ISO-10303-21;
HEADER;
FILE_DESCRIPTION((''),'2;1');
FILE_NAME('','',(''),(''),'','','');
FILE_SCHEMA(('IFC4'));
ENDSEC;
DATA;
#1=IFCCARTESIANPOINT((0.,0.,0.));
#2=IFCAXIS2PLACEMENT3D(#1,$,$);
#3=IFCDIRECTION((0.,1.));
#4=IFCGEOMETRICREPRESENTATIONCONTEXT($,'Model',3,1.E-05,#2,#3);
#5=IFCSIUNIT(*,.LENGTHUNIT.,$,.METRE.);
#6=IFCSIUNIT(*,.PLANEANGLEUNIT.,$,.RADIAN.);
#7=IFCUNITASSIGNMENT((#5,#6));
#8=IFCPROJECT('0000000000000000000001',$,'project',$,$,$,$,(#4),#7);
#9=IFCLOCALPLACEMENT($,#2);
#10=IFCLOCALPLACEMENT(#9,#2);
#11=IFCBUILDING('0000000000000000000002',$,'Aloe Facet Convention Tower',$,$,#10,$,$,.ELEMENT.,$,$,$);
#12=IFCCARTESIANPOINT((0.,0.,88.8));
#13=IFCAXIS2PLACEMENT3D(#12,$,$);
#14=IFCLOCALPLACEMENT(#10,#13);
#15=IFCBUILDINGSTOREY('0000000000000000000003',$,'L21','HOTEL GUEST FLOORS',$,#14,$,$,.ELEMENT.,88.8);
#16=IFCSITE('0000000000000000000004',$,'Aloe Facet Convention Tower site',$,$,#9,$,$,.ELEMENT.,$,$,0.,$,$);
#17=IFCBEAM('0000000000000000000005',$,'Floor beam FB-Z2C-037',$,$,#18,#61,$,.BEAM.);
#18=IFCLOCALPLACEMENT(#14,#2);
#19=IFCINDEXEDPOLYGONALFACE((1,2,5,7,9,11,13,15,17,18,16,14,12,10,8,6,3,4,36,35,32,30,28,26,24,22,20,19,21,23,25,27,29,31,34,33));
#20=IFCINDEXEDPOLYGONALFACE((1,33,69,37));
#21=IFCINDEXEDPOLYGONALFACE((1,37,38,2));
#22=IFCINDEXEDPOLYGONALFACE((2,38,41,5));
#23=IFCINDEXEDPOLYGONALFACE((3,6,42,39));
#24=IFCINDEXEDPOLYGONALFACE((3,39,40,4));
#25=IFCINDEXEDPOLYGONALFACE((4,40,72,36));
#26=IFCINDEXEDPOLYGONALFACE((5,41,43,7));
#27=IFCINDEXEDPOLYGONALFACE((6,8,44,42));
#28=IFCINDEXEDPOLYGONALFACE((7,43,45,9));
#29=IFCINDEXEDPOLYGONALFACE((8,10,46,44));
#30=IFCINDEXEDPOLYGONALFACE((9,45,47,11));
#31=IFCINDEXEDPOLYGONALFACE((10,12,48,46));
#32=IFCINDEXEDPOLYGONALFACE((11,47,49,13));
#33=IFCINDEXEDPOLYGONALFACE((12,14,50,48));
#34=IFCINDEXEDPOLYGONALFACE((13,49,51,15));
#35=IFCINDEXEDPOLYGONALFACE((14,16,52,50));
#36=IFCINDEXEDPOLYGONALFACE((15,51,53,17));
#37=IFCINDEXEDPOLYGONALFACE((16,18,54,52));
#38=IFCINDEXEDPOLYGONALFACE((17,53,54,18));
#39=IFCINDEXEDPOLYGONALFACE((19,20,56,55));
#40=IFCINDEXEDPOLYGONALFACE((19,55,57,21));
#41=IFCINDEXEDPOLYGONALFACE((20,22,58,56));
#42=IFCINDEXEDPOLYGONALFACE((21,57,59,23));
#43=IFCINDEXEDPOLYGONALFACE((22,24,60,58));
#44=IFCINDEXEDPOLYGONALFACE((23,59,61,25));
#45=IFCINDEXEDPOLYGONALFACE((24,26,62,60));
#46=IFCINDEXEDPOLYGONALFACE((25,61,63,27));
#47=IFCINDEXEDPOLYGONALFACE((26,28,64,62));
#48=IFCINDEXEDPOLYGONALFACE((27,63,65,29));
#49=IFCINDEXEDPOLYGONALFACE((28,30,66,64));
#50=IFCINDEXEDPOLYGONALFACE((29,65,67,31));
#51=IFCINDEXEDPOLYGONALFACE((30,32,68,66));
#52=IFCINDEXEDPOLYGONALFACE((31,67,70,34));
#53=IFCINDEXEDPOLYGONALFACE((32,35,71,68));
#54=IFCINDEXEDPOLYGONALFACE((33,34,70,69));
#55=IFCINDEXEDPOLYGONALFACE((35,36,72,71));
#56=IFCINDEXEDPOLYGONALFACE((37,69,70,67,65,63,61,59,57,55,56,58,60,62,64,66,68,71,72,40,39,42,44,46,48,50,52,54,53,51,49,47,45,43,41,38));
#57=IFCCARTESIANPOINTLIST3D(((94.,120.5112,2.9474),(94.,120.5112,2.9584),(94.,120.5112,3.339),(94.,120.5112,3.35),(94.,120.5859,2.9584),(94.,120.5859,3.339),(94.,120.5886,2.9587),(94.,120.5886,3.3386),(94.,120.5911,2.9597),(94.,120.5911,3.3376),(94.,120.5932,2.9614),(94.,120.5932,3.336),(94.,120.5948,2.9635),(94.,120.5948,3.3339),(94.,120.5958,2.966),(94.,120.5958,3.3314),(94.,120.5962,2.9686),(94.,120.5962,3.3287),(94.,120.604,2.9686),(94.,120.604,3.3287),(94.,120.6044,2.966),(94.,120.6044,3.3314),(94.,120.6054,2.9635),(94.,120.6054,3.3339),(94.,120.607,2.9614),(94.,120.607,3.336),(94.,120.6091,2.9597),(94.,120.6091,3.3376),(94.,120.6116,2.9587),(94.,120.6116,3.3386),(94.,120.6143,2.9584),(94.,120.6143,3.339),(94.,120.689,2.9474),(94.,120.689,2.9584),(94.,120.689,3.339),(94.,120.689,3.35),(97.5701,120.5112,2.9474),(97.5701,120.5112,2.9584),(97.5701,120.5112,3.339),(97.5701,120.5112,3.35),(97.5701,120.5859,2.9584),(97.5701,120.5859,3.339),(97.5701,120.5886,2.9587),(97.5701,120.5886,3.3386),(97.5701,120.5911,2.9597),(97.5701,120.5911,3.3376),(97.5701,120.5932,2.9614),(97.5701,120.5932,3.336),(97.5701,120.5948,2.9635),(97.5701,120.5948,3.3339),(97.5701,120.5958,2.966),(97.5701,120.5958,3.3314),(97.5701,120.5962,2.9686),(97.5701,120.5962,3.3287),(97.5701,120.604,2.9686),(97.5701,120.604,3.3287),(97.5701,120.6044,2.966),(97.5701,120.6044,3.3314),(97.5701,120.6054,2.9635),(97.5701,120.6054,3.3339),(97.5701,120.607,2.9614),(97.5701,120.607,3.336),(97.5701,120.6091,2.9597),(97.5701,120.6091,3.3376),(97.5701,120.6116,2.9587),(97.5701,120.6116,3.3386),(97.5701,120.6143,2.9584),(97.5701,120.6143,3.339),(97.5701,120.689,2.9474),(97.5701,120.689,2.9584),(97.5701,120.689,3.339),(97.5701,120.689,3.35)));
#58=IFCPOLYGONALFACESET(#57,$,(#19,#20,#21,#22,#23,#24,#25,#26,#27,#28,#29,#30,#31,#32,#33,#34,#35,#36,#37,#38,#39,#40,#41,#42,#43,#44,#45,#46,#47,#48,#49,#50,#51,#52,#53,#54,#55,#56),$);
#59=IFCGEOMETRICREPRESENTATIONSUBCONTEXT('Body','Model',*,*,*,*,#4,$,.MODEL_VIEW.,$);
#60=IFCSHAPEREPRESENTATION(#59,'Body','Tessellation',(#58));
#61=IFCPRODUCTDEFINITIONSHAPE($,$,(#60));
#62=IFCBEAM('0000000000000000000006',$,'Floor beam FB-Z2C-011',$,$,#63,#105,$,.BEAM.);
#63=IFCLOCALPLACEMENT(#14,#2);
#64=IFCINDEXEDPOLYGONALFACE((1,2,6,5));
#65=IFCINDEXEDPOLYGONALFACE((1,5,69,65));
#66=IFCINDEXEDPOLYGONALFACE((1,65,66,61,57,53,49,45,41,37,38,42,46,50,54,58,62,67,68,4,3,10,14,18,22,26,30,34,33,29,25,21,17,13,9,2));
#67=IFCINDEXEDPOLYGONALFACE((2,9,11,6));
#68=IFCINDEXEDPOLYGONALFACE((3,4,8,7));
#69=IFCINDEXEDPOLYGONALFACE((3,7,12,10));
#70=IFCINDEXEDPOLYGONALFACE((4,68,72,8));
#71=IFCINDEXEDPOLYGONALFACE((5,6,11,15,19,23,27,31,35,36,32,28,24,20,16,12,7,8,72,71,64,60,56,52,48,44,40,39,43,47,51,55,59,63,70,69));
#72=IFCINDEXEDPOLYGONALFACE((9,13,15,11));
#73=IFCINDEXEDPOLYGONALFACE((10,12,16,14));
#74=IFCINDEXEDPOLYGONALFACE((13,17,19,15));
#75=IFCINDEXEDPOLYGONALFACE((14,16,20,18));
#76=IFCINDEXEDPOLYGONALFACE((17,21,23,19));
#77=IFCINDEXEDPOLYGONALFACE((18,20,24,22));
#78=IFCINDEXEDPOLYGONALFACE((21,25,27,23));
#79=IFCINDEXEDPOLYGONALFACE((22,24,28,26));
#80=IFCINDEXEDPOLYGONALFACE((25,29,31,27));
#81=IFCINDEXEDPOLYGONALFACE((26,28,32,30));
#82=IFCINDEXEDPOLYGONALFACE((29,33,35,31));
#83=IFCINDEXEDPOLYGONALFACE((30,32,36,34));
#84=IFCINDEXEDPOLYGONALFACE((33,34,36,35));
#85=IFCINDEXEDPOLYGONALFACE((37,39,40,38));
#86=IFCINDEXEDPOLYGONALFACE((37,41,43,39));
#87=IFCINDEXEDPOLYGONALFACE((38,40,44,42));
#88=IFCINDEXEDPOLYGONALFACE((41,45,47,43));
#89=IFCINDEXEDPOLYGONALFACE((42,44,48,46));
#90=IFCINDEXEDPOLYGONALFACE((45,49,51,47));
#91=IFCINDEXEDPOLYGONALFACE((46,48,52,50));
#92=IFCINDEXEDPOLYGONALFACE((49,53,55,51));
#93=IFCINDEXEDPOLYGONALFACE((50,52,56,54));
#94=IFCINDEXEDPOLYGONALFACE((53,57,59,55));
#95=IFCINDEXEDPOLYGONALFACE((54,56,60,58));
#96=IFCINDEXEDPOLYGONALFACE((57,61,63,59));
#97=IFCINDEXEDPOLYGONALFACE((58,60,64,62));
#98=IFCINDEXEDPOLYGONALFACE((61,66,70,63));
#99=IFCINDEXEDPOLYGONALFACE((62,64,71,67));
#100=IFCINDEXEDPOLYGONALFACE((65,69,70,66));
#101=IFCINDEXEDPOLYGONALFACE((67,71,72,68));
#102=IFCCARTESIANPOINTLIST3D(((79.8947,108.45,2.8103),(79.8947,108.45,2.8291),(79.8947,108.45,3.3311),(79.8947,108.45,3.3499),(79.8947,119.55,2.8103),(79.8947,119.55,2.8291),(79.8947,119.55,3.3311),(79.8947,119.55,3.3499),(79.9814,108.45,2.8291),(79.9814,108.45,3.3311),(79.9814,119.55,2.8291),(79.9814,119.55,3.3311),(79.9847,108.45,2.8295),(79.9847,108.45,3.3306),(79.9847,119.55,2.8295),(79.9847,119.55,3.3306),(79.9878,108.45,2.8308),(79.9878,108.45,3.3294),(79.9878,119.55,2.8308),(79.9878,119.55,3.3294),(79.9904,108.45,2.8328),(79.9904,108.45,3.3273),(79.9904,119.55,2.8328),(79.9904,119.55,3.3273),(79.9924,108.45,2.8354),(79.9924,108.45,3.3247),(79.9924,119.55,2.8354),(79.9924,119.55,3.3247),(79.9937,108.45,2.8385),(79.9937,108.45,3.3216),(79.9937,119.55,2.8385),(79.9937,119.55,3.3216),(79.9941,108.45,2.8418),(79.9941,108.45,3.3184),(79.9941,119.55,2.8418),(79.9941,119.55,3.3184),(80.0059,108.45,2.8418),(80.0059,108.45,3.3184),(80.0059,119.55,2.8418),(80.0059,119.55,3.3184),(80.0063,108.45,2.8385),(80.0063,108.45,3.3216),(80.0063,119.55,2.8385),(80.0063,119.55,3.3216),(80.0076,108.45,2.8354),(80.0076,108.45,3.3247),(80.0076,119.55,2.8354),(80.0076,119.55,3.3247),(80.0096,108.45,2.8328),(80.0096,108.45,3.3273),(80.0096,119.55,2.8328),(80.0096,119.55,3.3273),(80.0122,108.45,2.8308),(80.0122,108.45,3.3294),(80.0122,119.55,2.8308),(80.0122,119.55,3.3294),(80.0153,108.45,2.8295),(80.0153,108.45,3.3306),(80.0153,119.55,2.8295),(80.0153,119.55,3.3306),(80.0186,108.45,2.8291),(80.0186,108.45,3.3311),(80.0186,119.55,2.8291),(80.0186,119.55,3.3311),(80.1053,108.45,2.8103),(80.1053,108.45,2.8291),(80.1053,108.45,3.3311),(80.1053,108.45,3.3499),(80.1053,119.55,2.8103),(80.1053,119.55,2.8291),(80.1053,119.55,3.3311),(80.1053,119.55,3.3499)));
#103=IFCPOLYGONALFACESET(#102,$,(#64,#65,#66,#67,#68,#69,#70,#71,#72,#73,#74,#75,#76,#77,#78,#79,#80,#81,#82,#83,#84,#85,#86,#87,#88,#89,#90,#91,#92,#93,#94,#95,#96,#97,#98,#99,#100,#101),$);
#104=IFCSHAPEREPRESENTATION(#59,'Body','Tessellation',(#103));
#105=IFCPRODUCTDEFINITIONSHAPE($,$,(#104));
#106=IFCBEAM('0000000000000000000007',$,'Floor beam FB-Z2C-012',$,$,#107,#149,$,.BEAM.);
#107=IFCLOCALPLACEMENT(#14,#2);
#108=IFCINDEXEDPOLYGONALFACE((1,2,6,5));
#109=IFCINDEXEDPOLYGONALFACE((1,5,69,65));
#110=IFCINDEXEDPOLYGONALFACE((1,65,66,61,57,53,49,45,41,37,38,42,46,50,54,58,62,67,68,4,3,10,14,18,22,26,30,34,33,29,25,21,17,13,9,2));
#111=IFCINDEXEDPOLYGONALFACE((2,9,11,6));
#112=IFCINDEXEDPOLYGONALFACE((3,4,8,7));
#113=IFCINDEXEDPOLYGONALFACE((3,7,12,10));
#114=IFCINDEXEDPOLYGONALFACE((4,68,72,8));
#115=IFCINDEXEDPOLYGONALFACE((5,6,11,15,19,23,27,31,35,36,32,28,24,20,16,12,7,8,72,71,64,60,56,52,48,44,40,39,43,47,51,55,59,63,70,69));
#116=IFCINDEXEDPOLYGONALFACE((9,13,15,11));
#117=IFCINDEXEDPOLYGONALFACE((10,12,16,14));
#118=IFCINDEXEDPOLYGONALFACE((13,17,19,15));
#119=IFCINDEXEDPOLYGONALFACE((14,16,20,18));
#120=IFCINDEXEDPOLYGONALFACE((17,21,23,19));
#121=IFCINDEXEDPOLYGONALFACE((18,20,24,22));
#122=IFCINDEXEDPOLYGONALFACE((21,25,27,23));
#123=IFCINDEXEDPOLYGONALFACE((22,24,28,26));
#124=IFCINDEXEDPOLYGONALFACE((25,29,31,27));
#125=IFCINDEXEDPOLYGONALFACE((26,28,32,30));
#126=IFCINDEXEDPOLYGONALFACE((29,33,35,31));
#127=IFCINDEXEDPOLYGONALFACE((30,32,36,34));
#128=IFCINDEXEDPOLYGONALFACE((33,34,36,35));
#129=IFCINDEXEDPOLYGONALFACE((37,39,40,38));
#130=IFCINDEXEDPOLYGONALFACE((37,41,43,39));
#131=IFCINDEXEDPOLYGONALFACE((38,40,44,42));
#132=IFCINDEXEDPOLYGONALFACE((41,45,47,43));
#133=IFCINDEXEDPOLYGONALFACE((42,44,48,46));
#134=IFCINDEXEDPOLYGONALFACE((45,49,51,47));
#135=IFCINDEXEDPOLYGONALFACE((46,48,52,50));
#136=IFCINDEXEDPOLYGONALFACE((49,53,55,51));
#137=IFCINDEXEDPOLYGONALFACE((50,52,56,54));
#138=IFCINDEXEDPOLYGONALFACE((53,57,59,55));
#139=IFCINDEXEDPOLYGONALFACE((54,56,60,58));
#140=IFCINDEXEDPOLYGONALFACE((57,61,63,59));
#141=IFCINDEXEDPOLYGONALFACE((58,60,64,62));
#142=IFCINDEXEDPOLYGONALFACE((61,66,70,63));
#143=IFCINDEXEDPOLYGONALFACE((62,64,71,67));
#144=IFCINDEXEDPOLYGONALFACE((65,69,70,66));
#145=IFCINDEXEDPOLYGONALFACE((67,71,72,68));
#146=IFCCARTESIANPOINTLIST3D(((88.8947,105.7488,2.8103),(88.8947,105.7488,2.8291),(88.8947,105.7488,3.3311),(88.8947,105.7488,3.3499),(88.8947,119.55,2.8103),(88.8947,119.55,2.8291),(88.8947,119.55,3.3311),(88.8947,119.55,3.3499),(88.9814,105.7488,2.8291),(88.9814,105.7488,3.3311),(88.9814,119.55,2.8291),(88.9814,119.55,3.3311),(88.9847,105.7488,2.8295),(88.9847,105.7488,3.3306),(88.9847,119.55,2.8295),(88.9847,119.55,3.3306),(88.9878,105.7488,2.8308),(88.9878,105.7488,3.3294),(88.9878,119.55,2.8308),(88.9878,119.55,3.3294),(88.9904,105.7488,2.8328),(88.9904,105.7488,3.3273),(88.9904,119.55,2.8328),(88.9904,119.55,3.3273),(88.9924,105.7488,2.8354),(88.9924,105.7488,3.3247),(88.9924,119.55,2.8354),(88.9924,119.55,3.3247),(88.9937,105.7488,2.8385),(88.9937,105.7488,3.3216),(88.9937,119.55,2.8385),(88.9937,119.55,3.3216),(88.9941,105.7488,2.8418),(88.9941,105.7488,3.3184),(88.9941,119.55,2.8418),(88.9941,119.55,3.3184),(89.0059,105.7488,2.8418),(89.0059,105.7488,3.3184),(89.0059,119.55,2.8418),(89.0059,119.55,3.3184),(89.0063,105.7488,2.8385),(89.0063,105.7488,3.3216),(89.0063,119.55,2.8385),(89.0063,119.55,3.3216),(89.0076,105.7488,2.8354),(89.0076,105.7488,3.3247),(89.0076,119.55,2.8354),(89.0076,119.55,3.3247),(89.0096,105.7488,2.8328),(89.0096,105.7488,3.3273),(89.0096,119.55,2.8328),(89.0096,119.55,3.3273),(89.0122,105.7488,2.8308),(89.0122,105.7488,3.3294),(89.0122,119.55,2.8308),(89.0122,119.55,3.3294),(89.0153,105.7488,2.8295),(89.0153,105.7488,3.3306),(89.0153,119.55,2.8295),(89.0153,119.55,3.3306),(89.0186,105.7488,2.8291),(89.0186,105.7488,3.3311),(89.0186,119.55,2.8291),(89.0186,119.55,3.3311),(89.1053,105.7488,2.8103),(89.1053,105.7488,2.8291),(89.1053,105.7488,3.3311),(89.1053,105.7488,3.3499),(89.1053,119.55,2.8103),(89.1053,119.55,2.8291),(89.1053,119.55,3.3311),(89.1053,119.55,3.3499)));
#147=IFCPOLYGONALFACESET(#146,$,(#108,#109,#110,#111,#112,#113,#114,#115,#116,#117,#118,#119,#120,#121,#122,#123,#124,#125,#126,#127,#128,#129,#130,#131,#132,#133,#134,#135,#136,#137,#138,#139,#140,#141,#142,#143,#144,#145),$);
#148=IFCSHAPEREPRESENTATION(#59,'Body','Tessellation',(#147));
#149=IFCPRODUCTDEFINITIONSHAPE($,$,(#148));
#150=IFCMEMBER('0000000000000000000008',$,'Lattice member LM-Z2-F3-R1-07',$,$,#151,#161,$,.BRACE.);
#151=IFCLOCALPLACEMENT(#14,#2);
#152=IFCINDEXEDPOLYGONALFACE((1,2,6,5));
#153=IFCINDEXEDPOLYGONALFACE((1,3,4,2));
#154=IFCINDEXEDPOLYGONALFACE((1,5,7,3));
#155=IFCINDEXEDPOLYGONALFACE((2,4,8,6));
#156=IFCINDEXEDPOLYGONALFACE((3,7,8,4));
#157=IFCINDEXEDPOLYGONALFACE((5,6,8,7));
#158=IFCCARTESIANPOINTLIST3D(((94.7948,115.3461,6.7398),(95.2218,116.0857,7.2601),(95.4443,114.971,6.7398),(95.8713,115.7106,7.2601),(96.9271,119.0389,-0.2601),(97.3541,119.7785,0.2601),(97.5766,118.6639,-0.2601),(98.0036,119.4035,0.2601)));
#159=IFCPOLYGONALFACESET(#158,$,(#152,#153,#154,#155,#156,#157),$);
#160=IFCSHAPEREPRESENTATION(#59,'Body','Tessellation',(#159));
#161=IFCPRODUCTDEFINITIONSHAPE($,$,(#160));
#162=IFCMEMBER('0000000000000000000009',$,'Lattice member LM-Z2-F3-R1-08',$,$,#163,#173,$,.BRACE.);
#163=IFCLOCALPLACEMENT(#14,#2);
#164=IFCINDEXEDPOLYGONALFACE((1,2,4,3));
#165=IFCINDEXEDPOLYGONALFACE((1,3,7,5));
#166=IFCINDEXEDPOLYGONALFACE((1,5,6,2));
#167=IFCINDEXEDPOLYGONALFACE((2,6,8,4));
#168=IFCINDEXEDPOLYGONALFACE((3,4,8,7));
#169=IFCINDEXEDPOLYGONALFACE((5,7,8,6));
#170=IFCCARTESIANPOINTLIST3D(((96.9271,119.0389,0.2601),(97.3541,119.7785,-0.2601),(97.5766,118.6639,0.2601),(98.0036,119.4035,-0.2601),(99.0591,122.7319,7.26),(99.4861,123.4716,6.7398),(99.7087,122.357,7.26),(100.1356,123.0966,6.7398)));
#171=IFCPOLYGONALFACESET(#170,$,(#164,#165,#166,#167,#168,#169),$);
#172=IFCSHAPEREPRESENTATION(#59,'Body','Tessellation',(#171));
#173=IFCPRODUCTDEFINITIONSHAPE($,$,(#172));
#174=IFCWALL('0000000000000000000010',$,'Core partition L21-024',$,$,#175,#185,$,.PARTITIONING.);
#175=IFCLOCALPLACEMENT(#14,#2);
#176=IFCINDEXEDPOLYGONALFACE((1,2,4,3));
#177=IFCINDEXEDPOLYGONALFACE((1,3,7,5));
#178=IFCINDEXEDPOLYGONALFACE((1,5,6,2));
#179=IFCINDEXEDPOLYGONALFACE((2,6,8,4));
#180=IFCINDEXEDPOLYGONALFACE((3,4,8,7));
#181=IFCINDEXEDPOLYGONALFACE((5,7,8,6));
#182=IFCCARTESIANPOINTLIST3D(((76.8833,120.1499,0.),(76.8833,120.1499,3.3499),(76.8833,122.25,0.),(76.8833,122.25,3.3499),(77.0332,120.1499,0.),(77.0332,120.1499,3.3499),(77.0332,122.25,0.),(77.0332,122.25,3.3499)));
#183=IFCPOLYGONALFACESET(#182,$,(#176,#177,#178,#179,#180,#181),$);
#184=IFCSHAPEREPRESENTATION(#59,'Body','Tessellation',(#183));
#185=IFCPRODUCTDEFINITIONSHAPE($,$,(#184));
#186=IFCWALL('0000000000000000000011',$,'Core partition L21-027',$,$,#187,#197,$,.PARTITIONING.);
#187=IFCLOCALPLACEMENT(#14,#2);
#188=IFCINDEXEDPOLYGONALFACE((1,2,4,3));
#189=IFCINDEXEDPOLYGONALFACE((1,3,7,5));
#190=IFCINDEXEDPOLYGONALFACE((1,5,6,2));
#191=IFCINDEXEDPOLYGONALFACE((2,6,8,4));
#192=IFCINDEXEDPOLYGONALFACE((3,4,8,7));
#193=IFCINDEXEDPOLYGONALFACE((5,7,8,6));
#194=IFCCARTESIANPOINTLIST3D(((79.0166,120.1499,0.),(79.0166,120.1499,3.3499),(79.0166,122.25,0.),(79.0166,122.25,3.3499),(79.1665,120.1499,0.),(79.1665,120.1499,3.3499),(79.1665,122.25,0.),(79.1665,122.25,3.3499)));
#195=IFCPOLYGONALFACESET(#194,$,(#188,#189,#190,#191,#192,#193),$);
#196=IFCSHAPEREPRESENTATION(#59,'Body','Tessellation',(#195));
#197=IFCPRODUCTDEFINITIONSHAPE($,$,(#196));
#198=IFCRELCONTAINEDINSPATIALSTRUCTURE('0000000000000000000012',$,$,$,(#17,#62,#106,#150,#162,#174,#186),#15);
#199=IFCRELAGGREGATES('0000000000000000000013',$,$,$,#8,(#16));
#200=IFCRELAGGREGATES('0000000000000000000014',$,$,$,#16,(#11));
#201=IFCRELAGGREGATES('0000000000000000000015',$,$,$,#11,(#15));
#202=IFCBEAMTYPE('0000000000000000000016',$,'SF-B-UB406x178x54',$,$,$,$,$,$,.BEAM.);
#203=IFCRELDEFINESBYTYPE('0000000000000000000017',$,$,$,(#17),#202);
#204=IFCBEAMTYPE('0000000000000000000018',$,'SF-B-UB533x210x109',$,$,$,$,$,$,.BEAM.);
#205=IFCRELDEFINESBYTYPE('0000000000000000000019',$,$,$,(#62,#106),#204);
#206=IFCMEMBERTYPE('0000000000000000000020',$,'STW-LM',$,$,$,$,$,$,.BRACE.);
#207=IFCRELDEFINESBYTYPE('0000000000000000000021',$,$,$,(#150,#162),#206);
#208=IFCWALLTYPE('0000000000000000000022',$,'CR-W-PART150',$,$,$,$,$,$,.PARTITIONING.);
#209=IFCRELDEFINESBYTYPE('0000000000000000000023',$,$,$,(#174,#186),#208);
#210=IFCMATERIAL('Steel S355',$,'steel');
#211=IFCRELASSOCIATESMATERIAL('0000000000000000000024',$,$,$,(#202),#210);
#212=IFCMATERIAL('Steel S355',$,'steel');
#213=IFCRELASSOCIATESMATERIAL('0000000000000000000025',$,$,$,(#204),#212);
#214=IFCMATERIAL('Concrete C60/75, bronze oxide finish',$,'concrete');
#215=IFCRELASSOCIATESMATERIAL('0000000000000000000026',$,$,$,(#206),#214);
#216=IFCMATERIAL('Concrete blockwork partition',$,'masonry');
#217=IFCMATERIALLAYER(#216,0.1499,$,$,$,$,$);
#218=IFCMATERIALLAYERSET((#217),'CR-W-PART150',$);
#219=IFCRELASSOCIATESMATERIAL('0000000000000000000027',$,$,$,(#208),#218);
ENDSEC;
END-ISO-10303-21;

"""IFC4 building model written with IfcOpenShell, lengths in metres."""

from ifc_helpers import new_model, si_unit, direction, frame, frame_2d, origin, origin_2d, place, context, subcontext, project, spatial, rectangle, i_section, extrude, material, layer, layer_set, material_profile, profile_set, type_object, element, save


model = new_model("IFC4")

# Units and contexts
model_context = context("Model", 3, precision=1e-05, world=origin(), true_north=direction((0.0, 1.0)))
body_context = subcontext(model_context, "Body", "Model", "MODEL_VIEW")
ifc_project = project(units=[si_unit("LENGTHUNIT", "METRE"), si_unit("PLANEANGLEUNIT", "RADIAN")], contexts=[model_context])

# Site, building, storey
site_placement = place(None, origin())
site = spatial("IfcSite", under=ifc_project, at=site_placement, Name="Aloe Facet Convention Tower site", CompositionType="ELEMENT", RefElevation=0.0)
building_placement = place(site_placement, origin())
building = spatial("IfcBuilding", under=site, at=building_placement, Name="Aloe Facet Convention Tower", CompositionType="ELEMENT")
storey_placement = place(building_placement, frame((0.0, 0.0, 88.8)))
storey = spatial("IfcBuildingStorey", under=building, at=storey_placement, Name="L21", Description="HOTEL GUEST FLOORS", CompositionType="ELEMENT", Elevation=88.8)

# Beams
ifc_material_1 = material(Name="Steel S355", Category="steel")
ifc_material_profile_1 = material_profile(ifc_material_1, i_section(OverallWidth=0.1777, OverallDepth=0.4026, WebThickness=0.0078, FlangeThickness=0.011, FilletRadius=0.0103, at=origin_2d()), Name="UB 406x178x54")
ifc_profile_set_1 = profile_set([ifc_material_profile_1], Name="Steel S355")
beam_type_1 = type_object("IfcBeamType", Name="SF-B-UB406x178x54", PredefinedType="BEAM", material=ifc_profile_set_1)
beam_1_placement = place(storey_placement, frame((94.0, 120.6001, 3.1487), z_axis=(1.0, 0.0, 0.0), x_axis=(0.0, 1.0, 0.0)))
element("IfcBeam", 1, at=beam_1_placement, inside=storey, type_object=beam_type_1, Name="Floor beam FB-Z2C-037", PredefinedType="BEAM", context=body_context, shape_type="SweptSolid", body=[
    extrude(i_section(OverallWidth=0.1777, OverallDepth=0.4026, WebThickness=0.0078, FlangeThickness=0.011, FilletRadius=0.0103, at=origin_2d()), origin(), (0.0, 0.0, 1.0), 3.5701),
])
ifc_material_2 = material(Name="Steel S355", Category="steel")
ifc_material_profile_2 = material_profile(ifc_material_2, i_section(OverallWidth=0.2107, OverallDepth=0.5396, WebThickness=0.0117, FlangeThickness=0.0188, FilletRadius=0.0127, at=origin_2d()), Name="UB 533x210x109")
ifc_profile_set_2 = profile_set([ifc_material_profile_2], Name="Steel S355")
beam_type_2 = type_object("IfcBeamType", Name="SF-B-UB533x210x109", PredefinedType="BEAM", material=ifc_profile_set_2)
beam_2_placement = place(storey_placement, frame((80.0, 119.55, 3.0801), z_axis=(0.0, -1.0, 0.0), x_axis=(1.0, 0.0, 0.0)))
element("IfcBeam", 2, at=beam_2_placement, inside=storey, type_object=beam_type_2, Name="Floor beam FB-Z2C-011", PredefinedType="BEAM", context=body_context, shape_type="SweptSolid", body=[
    extrude(i_section(OverallWidth=0.2107, OverallDepth=0.5396, WebThickness=0.0117, FlangeThickness=0.0188, FilletRadius=0.0127, at=origin_2d()), origin(), (0.0, 0.0, 1.0), 11.1001),
])
beam_3_placement = place(storey_placement, frame((89.0, 119.55, 3.0801), z_axis=(0.0, -1.0, 0.0), x_axis=(1.0, 0.0, 0.0)))
element("IfcBeam", 3, at=beam_3_placement, inside=storey, type_object=beam_type_2, Name="Floor beam FB-Z2C-012", PredefinedType="BEAM", context=body_context, shape_type="SweptSolid", body=[
    extrude(i_section(OverallWidth=0.2107, OverallDepth=0.5396, WebThickness=0.0117, FlangeThickness=0.0188, FilletRadius=0.0127, at=origin_2d()), origin(), (0.0, 0.0, 1.0), 13.8013),
])

# Members
ifc_material_3 = material(Name="Concrete C60/75, bronze oxide finish", Category="concrete")
ifc_material_profile_3 = material_profile(ifc_material_3, rectangle(XDim=0.75, YDim=1.0, at=origin_2d()), Name="STW-LM")
ifc_profile_set_3 = profile_set([ifc_material_profile_3], Name="Concrete C60/75, bronze oxide finish")
member_type = type_object("IfcMemberType", Name="STW-LM", PredefinedType="BRACE", material=ifc_profile_set_3)
for number, where, z_axis, x_axis, name in (
    (4, (97.4653, 119.2212, 0.0), (-0.260148, -0.450537, 0.854014), (0.866001, -0.500043, 0.0), "Lattice member LM-Z2-F3-R1-07"),
    (5, (97.4653, 119.2212, 0.0), (0.260116, 0.450565, 0.854009), (-0.86604, 0.499975, 0.0), "Lattice member LM-Z2-F3-R1-08"),
):
    element("IfcMember", number, at=place(storey_placement, frame(where, z_axis=z_axis, x_axis=x_axis)), inside=storey, type_object=member_type, Name=name, PredefinedType="BRACE", context=body_context, shape_type="SweptSolid", body=[
        extrude(rectangle(XDim=0.75, YDim=1.0, at=origin_2d()), origin(), (0.0, 0.0, 1.0), 8.1965),
    ])

# Walls
ifc_material_4 = material(Name="Concrete blockwork partition", Category="masonry")
ifc_layer_1 = layer(ifc_material_4, 0.1499)
ifc_layer_set_1 = layer_set([ifc_layer_1], Name="CR-W-PART150")
wall_type_1 = type_object("IfcWallType", Name="CR-W-PART150", PredefinedType="PARTITIONING", material=ifc_layer_set_1)
for number, where, z_axis, x_axis, name in (
    (6, (76.9583, 122.25, 0.0), (0.0, 0.0, 1.0), (0.0, -1.0, 0.0), "Core partition L21-024"),
    (7, (79.0916, 122.25, 0.0), (0.0, 0.0, 1.0), (0.0, -1.0, 0.0), "Core partition L21-027"),
):
    element("IfcWall", number, at=place(storey_placement, frame(where, z_axis=z_axis, x_axis=x_axis)), inside=storey, type_object=wall_type_1, Name=name, PredefinedType="PARTITIONING", context=body_context, shape_type="SweptSolid", body=[
        extrude(rectangle(XDim=2.1001, YDim=0.1499, at=frame_2d((1.05, 0.0))), origin(), (0.0, 0.0, 1.0), 3.3499),
    ])

save(model, "model.ifc")
